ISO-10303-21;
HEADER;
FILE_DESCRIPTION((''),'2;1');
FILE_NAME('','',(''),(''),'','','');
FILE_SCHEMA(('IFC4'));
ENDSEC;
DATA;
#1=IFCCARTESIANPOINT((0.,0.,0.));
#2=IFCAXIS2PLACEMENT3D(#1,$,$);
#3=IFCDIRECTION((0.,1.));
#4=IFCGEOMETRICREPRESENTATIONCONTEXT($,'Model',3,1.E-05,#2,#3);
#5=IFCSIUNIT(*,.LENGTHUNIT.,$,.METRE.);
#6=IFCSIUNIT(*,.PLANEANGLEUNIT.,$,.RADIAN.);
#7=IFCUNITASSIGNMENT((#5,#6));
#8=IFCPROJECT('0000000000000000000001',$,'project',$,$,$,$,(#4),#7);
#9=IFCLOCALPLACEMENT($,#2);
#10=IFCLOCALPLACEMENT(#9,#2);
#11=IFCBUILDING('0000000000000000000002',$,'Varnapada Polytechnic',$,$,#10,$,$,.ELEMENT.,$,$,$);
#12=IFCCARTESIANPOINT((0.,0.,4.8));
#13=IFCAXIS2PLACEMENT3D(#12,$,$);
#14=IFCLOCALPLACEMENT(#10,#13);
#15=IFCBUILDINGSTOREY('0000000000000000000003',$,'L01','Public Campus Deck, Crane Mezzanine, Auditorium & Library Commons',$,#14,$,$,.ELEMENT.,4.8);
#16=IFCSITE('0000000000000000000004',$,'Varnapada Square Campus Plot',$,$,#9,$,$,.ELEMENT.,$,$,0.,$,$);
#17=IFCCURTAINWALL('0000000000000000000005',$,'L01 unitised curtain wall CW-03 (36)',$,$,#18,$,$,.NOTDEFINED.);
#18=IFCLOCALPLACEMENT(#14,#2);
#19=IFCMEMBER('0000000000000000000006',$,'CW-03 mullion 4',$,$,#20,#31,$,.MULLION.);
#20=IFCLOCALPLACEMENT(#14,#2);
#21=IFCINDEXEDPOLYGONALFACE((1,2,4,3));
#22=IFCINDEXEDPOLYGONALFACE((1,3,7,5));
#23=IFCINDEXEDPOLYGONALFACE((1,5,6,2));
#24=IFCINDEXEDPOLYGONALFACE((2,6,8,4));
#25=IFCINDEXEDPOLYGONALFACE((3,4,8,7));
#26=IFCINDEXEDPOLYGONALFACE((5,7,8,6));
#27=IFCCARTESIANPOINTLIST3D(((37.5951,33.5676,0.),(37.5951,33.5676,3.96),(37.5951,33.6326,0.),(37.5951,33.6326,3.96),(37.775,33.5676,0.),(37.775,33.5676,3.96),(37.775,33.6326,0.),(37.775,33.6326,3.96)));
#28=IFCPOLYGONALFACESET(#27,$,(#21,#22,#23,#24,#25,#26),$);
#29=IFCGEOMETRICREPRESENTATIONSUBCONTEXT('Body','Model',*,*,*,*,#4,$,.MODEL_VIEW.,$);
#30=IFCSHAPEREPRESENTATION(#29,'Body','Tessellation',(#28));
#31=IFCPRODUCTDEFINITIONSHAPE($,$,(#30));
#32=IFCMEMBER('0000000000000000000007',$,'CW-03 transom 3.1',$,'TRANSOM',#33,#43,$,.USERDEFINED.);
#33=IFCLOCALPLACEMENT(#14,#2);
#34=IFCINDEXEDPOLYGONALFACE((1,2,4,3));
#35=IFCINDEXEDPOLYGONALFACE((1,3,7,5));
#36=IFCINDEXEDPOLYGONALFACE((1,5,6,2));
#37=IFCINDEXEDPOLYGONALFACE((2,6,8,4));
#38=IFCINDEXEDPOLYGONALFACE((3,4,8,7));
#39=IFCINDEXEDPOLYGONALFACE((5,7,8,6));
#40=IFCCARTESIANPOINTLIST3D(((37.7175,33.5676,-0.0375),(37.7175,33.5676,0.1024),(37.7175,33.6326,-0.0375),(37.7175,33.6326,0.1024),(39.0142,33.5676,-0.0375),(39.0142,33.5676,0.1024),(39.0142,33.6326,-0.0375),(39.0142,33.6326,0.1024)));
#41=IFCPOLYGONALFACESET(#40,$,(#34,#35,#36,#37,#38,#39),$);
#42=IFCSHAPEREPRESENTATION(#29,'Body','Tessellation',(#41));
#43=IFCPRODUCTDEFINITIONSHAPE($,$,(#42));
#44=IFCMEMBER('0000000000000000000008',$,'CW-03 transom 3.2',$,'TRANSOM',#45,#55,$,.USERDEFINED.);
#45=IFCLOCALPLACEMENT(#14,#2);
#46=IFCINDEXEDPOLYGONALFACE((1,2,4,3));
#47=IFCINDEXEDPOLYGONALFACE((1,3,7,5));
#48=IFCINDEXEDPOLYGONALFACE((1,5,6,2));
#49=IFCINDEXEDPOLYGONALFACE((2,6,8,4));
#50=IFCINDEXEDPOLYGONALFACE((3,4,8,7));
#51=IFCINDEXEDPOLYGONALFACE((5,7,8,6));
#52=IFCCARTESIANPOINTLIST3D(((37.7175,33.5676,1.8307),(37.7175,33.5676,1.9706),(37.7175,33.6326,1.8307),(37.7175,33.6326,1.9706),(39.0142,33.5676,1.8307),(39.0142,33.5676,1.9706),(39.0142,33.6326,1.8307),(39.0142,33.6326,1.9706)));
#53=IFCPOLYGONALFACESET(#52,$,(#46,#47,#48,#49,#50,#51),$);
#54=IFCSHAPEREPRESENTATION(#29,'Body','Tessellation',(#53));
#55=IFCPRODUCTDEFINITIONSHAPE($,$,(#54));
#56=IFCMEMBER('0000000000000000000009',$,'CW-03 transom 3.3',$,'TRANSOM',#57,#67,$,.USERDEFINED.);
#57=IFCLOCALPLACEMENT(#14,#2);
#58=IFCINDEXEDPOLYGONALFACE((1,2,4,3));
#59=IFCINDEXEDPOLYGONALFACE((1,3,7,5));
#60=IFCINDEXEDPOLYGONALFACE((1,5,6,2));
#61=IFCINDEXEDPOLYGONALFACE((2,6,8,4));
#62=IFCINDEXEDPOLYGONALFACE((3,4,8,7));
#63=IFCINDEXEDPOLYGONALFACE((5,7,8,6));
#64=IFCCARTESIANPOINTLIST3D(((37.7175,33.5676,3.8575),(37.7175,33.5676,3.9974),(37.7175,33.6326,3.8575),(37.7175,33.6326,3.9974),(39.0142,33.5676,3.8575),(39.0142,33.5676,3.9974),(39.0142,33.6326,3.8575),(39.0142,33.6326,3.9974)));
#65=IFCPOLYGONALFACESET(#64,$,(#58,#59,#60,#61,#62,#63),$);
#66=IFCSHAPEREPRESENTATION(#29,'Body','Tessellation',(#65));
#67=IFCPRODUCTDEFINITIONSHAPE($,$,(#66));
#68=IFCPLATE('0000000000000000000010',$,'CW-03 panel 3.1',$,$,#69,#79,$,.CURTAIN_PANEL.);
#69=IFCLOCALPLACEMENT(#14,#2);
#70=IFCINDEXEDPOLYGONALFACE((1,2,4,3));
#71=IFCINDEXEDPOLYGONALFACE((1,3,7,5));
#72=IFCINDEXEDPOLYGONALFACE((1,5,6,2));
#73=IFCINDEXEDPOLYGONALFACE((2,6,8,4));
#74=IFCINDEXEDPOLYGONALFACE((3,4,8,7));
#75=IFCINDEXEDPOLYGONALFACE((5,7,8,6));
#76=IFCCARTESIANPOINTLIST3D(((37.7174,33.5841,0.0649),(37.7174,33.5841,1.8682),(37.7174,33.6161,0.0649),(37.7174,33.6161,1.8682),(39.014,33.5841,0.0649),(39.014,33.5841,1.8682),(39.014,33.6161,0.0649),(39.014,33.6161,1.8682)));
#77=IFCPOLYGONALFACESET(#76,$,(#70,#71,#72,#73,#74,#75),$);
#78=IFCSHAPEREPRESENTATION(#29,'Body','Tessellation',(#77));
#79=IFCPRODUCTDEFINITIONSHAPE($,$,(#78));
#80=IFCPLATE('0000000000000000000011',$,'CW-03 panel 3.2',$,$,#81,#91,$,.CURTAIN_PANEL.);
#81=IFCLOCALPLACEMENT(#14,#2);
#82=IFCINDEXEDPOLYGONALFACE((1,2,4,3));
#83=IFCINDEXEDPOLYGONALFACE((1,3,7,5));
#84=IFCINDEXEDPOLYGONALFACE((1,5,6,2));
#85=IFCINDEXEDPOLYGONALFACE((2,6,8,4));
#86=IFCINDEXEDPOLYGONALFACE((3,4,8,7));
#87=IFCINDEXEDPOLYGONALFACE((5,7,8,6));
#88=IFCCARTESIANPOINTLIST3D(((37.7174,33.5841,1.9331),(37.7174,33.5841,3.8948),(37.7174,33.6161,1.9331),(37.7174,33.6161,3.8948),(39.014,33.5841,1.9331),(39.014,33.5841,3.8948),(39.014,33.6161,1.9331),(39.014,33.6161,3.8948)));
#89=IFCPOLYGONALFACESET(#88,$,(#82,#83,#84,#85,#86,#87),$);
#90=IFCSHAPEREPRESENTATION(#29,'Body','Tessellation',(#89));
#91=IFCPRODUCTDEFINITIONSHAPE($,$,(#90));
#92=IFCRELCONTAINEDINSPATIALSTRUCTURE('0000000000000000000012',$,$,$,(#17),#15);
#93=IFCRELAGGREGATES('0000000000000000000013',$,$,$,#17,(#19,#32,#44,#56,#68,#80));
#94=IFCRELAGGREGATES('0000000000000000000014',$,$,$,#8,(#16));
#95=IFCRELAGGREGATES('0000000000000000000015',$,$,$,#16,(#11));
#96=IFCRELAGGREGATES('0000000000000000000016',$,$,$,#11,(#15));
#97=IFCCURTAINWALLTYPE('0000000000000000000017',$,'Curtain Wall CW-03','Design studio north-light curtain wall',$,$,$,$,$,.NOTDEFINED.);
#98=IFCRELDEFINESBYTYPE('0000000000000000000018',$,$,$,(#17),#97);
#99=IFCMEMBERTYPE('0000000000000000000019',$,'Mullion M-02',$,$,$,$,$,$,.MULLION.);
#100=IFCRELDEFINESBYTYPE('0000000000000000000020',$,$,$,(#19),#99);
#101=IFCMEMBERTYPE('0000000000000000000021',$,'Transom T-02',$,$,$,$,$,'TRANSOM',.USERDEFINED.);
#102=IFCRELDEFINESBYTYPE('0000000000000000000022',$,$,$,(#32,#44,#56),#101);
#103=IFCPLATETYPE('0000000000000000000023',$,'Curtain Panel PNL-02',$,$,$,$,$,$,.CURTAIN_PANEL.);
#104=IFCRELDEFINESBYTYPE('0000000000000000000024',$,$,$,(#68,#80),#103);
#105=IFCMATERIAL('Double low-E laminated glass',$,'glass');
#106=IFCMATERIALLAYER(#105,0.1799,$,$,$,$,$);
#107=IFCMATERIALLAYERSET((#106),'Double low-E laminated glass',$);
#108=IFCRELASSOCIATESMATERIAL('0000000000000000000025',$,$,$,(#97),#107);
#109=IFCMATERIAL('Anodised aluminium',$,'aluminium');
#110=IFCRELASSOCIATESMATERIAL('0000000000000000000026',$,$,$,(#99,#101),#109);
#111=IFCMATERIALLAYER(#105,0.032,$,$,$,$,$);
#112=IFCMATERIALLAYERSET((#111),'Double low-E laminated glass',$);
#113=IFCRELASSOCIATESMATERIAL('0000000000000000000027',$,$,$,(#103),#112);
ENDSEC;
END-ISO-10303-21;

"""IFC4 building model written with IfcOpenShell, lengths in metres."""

from ifc_helpers import new_model, si_unit, direction, frame, origin, origin_2d, place, context, subcontext, project, spatial, rectangle, extrude, material, layer, layer_set, material_profile, profile_set, type_object, element, aggregate, save


model = new_model("IFC4")

# Units and contexts
model_context = context("Model", 3, precision=1e-05, world=origin(), true_north=direction((0.0, 1.0)))
body_context = subcontext(model_context, "Body", "Model", "MODEL_VIEW")
ifc_project = project(units=[si_unit("LENGTHUNIT", "METRE"), si_unit("PLANEANGLEUNIT", "RADIAN")], contexts=[model_context])

# Site, building, storey
site_placement = place(None, origin())
site = spatial("IfcSite", under=ifc_project, at=site_placement, Name="Varnapada Square Campus Plot", CompositionType="ELEMENT", RefElevation=0.0)
building_placement = place(site_placement, origin())
building = spatial("IfcBuilding", under=site, at=building_placement, Name="Varnapada Polytechnic", CompositionType="ELEMENT")
storey_placement = place(building_placement, frame((0.0, 0.0, 4.8)))
storey = spatial("IfcBuildingStorey", under=building, at=storey_placement, Name="L01", Description="Public Campus Deck, Crane Mezzanine, Auditorium & Library Commons", CompositionType="ELEMENT", Elevation=4.8)

# Curtain wall, members, plates
ifc_material_1 = material(Name="Double low-E laminated glass", Category="glass")
ifc_layer_1 = layer(ifc_material_1, 0.1799)
ifc_layer_set_1 = layer_set([ifc_layer_1], Name="Double low-E laminated glass")
curtain_wall_type = type_object("IfcCurtainWallType", Name="Curtain Wall CW-03", Description="Design studio north-light curtain wall", PredefinedType="NOTDEFINED", material=ifc_layer_set_1)
curtain_wall_placement = place(storey_placement, origin())
curtain_wall = element("IfcCurtainWall", 1, at=curtain_wall_placement, inside=storey, type_object=curtain_wall_type, Name="L01 unitised curtain wall CW-03 (36)", PredefinedType="NOTDEFINED")
ifc_material_2 = material(Name="Anodised aluminium", Category="aluminium")
ifc_material_profile_1 = material_profile(ifc_material_2, rectangle(XDim=0.0649, YDim=0.1799, at=origin_2d()), Name="ALU M65x180")
ifc_profile_set_1 = profile_set([ifc_material_profile_1], Name="Anodised aluminium")
member_type_1 = type_object("IfcMemberType", Name="Mullion M-02", PredefinedType="MULLION", material=ifc_profile_set_1)
member_1_placement = place(storey_placement, frame((37.6851, 33.6001, 0.0), z_axis=(0.0, 0.0, 1.0), x_axis=(0.0, -1.0, 0.0)))
member_1 = element("IfcMember", 2, at=member_1_placement, type_object=member_type_1, Name="CW-03 mullion 4", PredefinedType="MULLION", context=body_context, shape_type="SweptSolid", body=[
    extrude(rectangle(XDim=0.0649, YDim=0.1799, at=origin_2d()), origin(), (0.0, 0.0, 1.0), 3.96),
])
ifc_material_profile_2 = material_profile(ifc_material_2, rectangle(XDim=0.0649, YDim=0.1399, at=origin_2d()), Name="ALU T65x140")
ifc_profile_set_2 = profile_set([ifc_material_profile_2], Name="Anodised aluminium")
member_type_2 = type_object("IfcMemberType", Name="Transom T-02", ElementType="TRANSOM", PredefinedType="USERDEFINED", material=ifc_profile_set_2)
member_2_placement = place(storey_placement, frame((39.0142, 33.6001, 0.0325), z_axis=(-1.0, 0.0, 0.0), x_axis=(0.0, -1.0, 0.0)))
member_2 = element("IfcMember", 3, at=member_2_placement, type_object=member_type_2, Name="CW-03 transom 3.1", ObjectType="TRANSOM", PredefinedType="USERDEFINED", context=body_context, shape_type="SweptSolid", body=[
    extrude(rectangle(XDim=0.0649, YDim=0.1399, at=origin_2d()), origin(), (0.0, 0.0, 1.0), 1.2966),
])
member_3_placement = place(storey_placement, frame((39.0142, 33.6001, 1.9006), z_axis=(-1.0, 0.0, 0.0), x_axis=(0.0, -1.0, 0.0)))
member_3 = element("IfcMember", 4, at=member_3_placement, type_object=member_type_2, Name="CW-03 transom 3.2", ObjectType="TRANSOM", PredefinedType="USERDEFINED", context=body_context, shape_type="SweptSolid", body=[
    extrude(rectangle(XDim=0.0649, YDim=0.1399, at=origin_2d()), origin(), (0.0, 0.0, 1.0), 1.2966),
])
member_4_placement = place(storey_placement, frame((39.0142, 33.6001, 3.9275), z_axis=(-1.0, 0.0, 0.0), x_axis=(0.0, -1.0, 0.0)))
member_4 = element("IfcMember", 5, at=member_4_placement, type_object=member_type_2, Name="CW-03 transom 3.3", ObjectType="TRANSOM", PredefinedType="USERDEFINED", context=body_context, shape_type="SweptSolid", body=[
    extrude(rectangle(XDim=0.0649, YDim=0.1399, at=origin_2d()), origin(), (0.0, 0.0, 1.0), 1.2966),
])
ifc_layer_2 = layer(ifc_material_1, 0.032)
ifc_layer_set_2 = layer_set([ifc_layer_2], Name="Double low-E laminated glass")
plate_type = type_object("IfcPlateType", Name="Curtain Panel PNL-02", PredefinedType="CURTAIN_PANEL", material=ifc_layer_set_2)
plate_1_placement = place(storey_placement, frame((38.3657, 33.6001, 0.0649), z_axis=(0.0, 0.0, 1.0), x_axis=(-1.0, 0.0, 0.0)))
plate_1 = element("IfcPlate", 6, at=plate_1_placement, type_object=plate_type, Name="CW-03 panel 3.1", PredefinedType="CURTAIN_PANEL", context=body_context, shape_type="SweptSolid", body=[
    extrude(rectangle(XDim=1.2966, YDim=0.032, at=origin_2d()), origin(), (0.0, 0.0, 1.0), 1.8032),
])
plate_2_placement = place(storey_placement, frame((38.3657, 33.6001, 1.9331), z_axis=(0.0, 0.0, 1.0), x_axis=(-1.0, 0.0, 0.0)))
plate_2 = element("IfcPlate", 7, at=plate_2_placement, type_object=plate_type, Name="CW-03 panel 3.2", PredefinedType="CURTAIN_PANEL", context=body_context, shape_type="SweptSolid", body=[
    extrude(rectangle(XDim=1.2966, YDim=0.032, at=origin_2d()), origin(), (0.0, 0.0, 1.0), 1.9617),
])
aggregate(curtain_wall, [member_1, member_2, member_3, member_4, plate_1, plate_2])

save(model, "model.ifc")
